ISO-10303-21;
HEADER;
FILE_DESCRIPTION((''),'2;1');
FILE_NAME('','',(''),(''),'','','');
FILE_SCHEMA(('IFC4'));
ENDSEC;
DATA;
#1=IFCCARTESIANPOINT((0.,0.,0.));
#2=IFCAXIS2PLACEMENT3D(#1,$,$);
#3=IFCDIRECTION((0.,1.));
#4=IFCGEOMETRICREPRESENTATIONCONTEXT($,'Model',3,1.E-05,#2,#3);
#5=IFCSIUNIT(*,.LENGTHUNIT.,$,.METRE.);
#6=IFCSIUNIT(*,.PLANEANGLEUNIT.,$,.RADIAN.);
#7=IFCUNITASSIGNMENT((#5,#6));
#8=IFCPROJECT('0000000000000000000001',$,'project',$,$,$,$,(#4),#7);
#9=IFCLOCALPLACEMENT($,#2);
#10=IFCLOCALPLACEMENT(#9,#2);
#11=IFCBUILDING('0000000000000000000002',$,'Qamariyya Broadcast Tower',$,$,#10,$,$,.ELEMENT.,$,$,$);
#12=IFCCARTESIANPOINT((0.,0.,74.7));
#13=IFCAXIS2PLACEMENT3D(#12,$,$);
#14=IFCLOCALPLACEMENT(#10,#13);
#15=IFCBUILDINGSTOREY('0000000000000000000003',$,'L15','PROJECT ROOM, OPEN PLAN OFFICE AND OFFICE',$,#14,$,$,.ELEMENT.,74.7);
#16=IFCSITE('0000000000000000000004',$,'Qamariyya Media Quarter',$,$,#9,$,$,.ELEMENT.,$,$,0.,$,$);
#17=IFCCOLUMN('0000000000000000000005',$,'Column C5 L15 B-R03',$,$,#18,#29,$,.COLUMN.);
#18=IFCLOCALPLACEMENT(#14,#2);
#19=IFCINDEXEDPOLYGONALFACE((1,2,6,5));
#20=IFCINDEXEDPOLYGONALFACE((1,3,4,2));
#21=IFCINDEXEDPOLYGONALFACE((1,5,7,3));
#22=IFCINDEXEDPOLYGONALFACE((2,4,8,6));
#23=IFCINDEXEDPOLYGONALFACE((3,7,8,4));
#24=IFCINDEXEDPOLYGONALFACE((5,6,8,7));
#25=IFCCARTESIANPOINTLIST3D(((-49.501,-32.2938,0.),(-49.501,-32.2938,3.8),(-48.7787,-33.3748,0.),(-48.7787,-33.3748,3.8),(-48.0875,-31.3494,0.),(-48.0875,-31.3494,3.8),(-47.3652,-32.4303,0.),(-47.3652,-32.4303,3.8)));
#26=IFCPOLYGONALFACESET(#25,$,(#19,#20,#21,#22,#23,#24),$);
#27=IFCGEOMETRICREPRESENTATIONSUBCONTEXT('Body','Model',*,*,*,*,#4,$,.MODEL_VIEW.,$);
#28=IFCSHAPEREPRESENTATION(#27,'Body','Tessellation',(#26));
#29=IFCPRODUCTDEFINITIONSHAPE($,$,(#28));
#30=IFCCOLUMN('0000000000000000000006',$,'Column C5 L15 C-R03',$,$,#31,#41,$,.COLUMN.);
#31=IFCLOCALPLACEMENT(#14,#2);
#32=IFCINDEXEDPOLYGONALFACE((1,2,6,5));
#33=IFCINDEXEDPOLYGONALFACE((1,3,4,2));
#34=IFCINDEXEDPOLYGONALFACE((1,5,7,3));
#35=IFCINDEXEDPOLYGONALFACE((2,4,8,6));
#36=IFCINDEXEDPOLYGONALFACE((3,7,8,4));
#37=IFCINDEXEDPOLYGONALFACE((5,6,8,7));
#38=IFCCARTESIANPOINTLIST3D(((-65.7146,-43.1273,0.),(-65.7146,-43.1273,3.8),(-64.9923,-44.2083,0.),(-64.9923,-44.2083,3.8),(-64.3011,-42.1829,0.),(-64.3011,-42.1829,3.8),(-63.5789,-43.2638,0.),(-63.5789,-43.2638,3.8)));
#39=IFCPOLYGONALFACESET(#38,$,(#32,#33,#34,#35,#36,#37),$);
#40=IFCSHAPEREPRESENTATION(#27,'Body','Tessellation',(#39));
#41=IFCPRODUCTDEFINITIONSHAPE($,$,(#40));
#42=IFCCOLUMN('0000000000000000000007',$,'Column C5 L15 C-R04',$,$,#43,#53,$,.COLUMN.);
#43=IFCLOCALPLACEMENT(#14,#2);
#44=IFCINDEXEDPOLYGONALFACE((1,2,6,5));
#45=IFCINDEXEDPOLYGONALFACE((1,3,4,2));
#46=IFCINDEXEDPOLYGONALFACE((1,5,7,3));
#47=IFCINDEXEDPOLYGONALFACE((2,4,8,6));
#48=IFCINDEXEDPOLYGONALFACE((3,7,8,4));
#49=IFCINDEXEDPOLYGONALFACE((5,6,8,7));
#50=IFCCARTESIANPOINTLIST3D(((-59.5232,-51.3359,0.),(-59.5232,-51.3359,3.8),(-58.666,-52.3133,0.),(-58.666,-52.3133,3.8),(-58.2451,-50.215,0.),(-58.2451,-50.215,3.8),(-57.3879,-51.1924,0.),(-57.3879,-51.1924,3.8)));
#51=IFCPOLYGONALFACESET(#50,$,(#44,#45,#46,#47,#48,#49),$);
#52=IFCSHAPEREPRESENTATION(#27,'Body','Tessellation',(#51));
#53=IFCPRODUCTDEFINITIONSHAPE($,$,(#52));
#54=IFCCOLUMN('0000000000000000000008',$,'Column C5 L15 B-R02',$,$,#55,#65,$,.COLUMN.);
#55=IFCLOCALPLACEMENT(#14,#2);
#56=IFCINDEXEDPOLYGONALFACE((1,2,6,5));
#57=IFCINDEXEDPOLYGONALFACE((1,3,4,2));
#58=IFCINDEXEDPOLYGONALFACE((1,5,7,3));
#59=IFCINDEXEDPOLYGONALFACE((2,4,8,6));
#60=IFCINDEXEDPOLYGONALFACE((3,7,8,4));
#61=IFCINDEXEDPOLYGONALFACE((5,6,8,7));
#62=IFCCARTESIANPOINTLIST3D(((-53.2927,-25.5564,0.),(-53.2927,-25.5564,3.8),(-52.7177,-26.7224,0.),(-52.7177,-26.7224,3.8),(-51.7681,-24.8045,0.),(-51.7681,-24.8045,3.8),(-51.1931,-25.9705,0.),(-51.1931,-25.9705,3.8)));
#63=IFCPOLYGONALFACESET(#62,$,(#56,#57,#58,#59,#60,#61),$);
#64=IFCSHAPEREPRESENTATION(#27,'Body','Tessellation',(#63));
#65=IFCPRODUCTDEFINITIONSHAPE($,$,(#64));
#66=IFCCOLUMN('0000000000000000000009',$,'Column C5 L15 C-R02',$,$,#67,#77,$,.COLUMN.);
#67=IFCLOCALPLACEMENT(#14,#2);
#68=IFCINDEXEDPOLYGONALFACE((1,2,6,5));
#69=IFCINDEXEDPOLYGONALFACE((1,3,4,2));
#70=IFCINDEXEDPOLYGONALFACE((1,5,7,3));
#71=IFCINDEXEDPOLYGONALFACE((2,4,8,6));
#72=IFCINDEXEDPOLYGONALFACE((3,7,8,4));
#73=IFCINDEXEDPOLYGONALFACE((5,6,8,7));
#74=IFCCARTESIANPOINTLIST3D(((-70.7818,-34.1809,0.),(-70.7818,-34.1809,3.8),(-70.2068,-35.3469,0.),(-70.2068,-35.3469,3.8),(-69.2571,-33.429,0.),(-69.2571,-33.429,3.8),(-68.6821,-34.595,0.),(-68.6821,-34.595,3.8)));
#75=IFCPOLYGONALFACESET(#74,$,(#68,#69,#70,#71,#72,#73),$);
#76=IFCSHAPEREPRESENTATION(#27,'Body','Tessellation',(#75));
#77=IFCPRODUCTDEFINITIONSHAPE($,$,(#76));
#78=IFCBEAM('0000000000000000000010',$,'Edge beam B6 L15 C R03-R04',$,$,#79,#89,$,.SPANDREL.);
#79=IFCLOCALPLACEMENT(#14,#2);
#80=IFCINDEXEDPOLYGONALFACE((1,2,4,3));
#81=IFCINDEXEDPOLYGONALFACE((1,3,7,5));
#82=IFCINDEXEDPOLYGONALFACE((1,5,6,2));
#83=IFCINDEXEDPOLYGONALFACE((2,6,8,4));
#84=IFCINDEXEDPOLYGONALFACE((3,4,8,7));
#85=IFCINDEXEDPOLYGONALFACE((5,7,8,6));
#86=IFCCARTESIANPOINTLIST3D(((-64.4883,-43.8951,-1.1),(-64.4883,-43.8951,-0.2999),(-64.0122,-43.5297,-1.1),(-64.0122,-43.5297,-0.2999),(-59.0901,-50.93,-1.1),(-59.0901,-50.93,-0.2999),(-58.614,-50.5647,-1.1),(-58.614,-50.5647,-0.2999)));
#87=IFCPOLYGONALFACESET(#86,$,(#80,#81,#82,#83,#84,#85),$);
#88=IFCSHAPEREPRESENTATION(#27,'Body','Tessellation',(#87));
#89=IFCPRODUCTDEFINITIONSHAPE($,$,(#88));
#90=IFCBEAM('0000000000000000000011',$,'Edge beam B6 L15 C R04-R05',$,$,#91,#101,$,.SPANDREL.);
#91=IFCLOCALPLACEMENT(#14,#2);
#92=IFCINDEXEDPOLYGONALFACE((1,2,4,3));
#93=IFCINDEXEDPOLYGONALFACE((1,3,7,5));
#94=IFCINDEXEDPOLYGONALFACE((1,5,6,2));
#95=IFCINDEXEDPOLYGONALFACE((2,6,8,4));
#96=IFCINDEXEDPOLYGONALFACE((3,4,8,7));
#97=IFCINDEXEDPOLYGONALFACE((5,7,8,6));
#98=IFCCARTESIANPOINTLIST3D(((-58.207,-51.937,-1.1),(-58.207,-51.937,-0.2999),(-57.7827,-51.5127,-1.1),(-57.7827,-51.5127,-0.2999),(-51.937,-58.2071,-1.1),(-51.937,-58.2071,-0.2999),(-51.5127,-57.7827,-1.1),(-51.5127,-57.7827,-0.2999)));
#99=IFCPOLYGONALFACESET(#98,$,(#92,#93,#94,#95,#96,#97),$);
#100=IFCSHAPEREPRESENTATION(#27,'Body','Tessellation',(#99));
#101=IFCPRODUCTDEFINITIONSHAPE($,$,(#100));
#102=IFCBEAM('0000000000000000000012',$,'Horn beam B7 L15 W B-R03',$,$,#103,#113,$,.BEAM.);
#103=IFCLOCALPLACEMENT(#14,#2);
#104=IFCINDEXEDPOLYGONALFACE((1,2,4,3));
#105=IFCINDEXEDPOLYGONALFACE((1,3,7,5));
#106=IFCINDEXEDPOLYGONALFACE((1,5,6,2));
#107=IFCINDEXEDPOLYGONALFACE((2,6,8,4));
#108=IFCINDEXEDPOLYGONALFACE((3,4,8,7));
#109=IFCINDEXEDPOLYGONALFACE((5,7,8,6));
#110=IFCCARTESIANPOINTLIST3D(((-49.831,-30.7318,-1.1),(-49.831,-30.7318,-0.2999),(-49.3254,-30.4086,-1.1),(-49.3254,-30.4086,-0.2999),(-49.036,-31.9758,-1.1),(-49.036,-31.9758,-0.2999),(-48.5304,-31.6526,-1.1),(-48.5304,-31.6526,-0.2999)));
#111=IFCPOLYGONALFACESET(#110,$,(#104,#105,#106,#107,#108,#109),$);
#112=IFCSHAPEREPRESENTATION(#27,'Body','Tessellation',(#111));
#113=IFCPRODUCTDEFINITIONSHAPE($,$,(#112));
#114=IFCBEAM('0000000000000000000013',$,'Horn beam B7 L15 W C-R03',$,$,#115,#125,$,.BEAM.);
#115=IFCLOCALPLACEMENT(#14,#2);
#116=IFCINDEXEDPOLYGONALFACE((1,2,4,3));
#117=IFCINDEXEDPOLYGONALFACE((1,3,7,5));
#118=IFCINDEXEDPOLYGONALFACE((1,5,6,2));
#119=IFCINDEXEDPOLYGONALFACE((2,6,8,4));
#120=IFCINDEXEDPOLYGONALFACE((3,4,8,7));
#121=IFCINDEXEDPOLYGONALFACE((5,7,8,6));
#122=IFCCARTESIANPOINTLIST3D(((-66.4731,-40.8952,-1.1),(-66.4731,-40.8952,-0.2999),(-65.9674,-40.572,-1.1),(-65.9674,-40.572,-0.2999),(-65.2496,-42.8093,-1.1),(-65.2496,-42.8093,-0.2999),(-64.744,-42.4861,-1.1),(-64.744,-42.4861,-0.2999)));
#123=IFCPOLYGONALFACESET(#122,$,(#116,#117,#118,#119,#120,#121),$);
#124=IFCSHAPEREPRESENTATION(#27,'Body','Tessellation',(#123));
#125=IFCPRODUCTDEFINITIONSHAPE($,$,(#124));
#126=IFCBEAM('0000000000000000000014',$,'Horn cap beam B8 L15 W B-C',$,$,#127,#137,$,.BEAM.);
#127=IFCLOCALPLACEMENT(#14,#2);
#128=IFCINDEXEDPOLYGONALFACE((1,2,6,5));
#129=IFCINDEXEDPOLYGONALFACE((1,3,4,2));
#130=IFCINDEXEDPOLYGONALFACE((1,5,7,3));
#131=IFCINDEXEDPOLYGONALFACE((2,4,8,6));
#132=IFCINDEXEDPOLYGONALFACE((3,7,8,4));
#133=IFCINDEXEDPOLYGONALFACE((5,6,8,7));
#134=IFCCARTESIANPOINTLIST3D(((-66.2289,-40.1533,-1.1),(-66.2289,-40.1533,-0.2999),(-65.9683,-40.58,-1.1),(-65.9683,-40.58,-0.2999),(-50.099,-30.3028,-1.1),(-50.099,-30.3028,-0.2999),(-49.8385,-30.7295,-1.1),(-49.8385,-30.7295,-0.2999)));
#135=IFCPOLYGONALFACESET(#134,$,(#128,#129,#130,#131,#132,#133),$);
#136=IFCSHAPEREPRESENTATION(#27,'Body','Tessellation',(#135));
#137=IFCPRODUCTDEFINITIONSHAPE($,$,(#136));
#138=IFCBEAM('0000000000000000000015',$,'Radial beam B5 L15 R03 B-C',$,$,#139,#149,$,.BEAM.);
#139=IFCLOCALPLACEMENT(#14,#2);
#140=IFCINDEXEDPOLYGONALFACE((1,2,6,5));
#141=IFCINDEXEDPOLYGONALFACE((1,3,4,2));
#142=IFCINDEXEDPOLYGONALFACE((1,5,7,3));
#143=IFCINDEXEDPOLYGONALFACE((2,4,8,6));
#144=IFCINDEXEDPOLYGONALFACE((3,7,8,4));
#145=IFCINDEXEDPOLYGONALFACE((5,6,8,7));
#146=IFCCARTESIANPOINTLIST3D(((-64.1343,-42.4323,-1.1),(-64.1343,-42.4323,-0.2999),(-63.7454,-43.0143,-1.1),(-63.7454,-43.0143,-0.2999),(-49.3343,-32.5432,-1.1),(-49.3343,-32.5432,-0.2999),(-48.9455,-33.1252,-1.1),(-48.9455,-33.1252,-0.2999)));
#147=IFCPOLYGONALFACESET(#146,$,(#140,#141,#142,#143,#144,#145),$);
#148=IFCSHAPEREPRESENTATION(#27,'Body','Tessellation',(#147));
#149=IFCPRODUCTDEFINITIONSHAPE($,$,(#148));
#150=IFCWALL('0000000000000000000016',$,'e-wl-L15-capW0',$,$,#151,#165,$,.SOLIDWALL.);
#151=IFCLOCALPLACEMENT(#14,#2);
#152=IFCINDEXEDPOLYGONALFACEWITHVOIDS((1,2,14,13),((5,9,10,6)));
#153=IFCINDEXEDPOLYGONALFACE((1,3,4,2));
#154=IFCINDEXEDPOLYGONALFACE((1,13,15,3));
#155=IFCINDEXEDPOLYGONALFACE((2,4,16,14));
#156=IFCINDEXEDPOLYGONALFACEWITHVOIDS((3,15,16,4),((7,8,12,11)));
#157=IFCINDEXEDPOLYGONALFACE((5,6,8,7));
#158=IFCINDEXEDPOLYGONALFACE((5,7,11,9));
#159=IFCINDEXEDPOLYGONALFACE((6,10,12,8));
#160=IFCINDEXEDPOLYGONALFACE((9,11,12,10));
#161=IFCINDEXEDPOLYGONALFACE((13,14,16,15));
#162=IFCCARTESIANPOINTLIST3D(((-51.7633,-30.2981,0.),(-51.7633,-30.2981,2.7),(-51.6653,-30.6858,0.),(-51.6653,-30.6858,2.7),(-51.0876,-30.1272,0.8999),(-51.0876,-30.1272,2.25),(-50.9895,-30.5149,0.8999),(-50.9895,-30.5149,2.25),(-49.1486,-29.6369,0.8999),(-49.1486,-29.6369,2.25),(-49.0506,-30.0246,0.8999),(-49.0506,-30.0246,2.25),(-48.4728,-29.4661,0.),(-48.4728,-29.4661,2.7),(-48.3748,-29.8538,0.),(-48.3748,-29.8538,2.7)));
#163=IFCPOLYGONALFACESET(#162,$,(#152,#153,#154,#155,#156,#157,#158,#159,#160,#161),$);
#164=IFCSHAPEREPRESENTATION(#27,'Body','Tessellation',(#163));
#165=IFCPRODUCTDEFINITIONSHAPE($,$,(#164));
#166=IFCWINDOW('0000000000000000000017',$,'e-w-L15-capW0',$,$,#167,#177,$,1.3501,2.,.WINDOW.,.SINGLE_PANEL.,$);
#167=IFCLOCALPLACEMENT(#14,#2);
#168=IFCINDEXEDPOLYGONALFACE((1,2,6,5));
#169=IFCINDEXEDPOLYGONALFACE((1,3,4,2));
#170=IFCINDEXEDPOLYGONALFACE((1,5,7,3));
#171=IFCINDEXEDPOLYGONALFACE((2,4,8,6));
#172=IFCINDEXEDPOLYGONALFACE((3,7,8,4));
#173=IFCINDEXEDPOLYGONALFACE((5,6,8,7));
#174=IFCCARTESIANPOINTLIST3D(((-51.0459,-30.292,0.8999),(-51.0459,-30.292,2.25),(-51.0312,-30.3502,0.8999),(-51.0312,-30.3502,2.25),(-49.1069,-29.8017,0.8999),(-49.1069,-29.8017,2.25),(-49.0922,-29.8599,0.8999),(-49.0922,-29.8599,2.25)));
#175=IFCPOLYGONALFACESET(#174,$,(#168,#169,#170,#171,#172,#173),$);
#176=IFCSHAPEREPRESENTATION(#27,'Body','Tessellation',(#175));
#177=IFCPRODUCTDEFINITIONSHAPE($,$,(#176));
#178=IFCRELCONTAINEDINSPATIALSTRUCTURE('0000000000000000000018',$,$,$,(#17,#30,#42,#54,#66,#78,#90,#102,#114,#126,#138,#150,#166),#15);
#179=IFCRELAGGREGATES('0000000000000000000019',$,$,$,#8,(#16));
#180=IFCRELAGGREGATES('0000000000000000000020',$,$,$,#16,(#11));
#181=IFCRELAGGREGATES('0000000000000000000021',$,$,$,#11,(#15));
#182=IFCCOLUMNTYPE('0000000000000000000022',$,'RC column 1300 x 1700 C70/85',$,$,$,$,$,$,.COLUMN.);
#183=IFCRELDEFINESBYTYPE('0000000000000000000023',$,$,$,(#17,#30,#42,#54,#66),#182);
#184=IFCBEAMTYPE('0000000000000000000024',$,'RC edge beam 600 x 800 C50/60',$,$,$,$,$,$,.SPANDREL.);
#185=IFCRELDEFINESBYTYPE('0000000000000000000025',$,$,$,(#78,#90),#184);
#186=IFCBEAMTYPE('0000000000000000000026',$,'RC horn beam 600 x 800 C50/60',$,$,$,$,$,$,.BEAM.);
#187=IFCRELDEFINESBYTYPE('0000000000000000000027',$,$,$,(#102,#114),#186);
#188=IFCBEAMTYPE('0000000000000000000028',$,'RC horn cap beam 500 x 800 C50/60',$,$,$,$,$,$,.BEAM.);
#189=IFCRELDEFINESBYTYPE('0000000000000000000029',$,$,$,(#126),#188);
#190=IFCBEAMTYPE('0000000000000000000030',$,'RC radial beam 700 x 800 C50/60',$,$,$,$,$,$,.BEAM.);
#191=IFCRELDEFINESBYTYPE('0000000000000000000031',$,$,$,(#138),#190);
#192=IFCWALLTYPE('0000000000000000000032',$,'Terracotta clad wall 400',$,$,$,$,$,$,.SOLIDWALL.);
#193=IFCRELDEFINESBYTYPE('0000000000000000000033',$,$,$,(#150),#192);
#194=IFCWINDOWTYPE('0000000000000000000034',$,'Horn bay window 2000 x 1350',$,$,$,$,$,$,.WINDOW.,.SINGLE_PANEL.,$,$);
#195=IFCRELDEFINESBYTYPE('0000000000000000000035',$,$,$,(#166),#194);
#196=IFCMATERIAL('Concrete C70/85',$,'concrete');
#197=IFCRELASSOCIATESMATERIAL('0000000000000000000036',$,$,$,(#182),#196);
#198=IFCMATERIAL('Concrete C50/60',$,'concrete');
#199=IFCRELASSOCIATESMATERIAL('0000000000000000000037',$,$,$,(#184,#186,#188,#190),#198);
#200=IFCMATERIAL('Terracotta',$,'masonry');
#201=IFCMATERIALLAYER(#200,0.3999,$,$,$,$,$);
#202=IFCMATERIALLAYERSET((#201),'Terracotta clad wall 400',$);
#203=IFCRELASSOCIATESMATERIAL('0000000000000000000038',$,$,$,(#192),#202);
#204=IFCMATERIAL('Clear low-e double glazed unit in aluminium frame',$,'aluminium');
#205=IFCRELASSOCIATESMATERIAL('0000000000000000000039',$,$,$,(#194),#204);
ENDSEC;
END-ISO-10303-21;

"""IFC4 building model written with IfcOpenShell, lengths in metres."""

from ifc_helpers import new_model, si_unit, direction, frame, frame_2d, origin, origin_2d, place, context, subcontext, project, spatial, rectangle, extrude, material, layer, layer_set, material_profile, profile_set, type_object, element, fill, save


model = new_model("IFC4")

# Units and contexts
model_context = context("Model", 3, precision=1e-05, world=origin(), true_north=direction((0.0, 1.0)))
body_context = subcontext(model_context, "Body", "Model", "MODEL_VIEW")
ifc_project = project(units=[si_unit("LENGTHUNIT", "METRE"), si_unit("PLANEANGLEUNIT", "RADIAN")], contexts=[model_context])

# Site, building, storey
site_placement = place(None, origin())
site = spatial("IfcSite", under=ifc_project, at=site_placement, Name="Qamariyya Media Quarter", CompositionType="ELEMENT", RefElevation=0.0)
building_placement = place(site_placement, origin())
building = spatial("IfcBuilding", under=site, at=building_placement, Name="Qamariyya Broadcast Tower", CompositionType="ELEMENT")
storey_placement = place(building_placement, frame((0.0, 0.0, 74.7)))
storey = spatial("IfcBuildingStorey", under=building, at=storey_placement, Name="L15", Description="PROJECT ROOM, OPEN PLAN OFFICE AND OFFICE", CompositionType="ELEMENT", Elevation=74.7)

# Columns
ifc_material_1 = material(Name="Concrete C70/85", Category="concrete")
ifc_material_profile_1 = material_profile(ifc_material_1, rectangle(XDim=1.3, YDim=1.7, at=origin_2d()))
ifc_profile_set_1 = profile_set([ifc_material_profile_1], Name="Concrete C70/85")
column_type = type_object("IfcColumnType", Name="RC column 1300 x 1700 C70/85", PredefinedType="COLUMN", material=ifc_profile_set_1)
for number, where, z_axis, x_axis, name in (
    (1, (-48.4331, -32.3621, 0.0), (0.0, 0.0, 1.0), (0.55557, -0.83147, 0.0), "Column C5 L15 B-R03"),
    (2, (-64.6467, -43.1956, 0.0), (0.0, 0.0, 1.0), (0.55557, -0.83147, 0.0), "Column C5 L15 C-R03"),
    (3, (-58.4556, -51.2642, 0.0), (0.0, 0.0, 1.0), (0.659346, -0.75184, 0.0), "Column C5 L15 C-R04"),
    (4, (-52.2429, -25.7634, 0.0), (0.0, 0.0, 1.0), (0.442289, -0.896873, 0.0), "Column C5 L15 B-R02"),
    (5, (-69.7319, -34.3879, 0.0), (0.0, 0.0, 1.0), (0.442289, -0.896873, 0.0), "Column C5 L15 C-R02"),
):
    element("IfcColumn", number, at=place(storey_placement, frame(where, z_axis=z_axis, x_axis=x_axis)), inside=storey, type_object=column_type, Name=name, PredefinedType="COLUMN", context=body_context, shape_type="SweptSolid", body=[
        extrude(rectangle(XDim=1.3, YDim=1.7, at=origin_2d()), origin(), (0.0, 0.0, 1.0), 3.8),
    ])

# Beams
ifc_material_2 = material(Name="Concrete C50/60", Category="concrete")
ifc_material_profile_2 = material_profile(ifc_material_2, rectangle(XDim=0.6001, YDim=0.8, at=origin_2d()))
ifc_profile_set_2 = profile_set([ifc_material_profile_2], Name="Concrete C50/60")
beam_type_1 = type_object("IfcBeamType", Name="RC edge beam 600 x 800 C50/60", PredefinedType="SPANDREL", material=ifc_profile_set_2)
beam_1_placement = place(storey_placement, frame((-64.2502, -43.7124, -0.7), z_axis=(0.60877, -0.793347, 0.0), x_axis=(0.793347, 0.60877, 0.0)))
element("IfcBeam", 6, at=beam_1_placement, inside=storey, type_object=beam_type_1, Name="Edge beam B6 L15 C R03-R04", PredefinedType="SPANDREL", context=body_context, shape_type="SweptSolid", body=[
    extrude(rectangle(XDim=0.6001, YDim=0.8, at=origin_2d()), origin(), (0.0, 0.0, 1.0), 8.8674),
])
beam_2_placement = place(storey_placement, frame((-57.9949, -51.7249, -0.7), z_axis=(0.707107, -0.707107, 0.0), x_axis=(0.707107, 0.707107, 0.0)))
element("IfcBeam", 7, at=beam_2_placement, inside=storey, type_object=beam_type_1, Name="Edge beam B6 L15 C R04-R05", PredefinedType="SPANDREL", context=body_context, shape_type="SweptSolid", body=[
    extrude(rectangle(XDim=0.6001, YDim=0.8, at=origin_2d()), origin(), (0.0, 0.0, 1.0), 8.8672),
])
ifc_material_profile_3 = material_profile(ifc_material_2, rectangle(XDim=0.6001, YDim=0.8, at=origin_2d()))
ifc_profile_set_3 = profile_set([ifc_material_profile_3], Name="Concrete C50/60")
beam_type_2 = type_object("IfcBeamType", Name="RC horn beam 600 x 800 C50/60", PredefinedType="BEAM", material=ifc_profile_set_3)
beam_3_placement = place(storey_placement, frame((-48.7832, -31.8142, -0.7), z_axis=(-0.53849, 0.842632, 0.0), x_axis=(-0.842632, -0.53849, 0.0)))
element("IfcBeam", 8, at=beam_3_placement, inside=storey, type_object=beam_type_2, Name="Horn beam B7 L15 W B-R03", PredefinedType="BEAM", context=body_context, shape_type="SweptSolid", body=[
    extrude(rectangle(XDim=0.6001, YDim=0.8, at=origin_2d()), origin(), (0.0, 0.0, 1.0), 1.4763),
])
beam_4_placement = place(storey_placement, frame((-64.9968, -42.6477, -0.7), z_axis=(-0.53855, 0.842593, 0.0), x_axis=(-0.842593, -0.53855, 0.0)))
element("IfcBeam", 9, at=beam_4_placement, inside=storey, type_object=beam_type_2, Name="Horn beam B7 L15 W C-R03", PredefinedType="BEAM", context=body_context, shape_type="SweptSolid", body=[
    extrude(rectangle(XDim=0.6001, YDim=0.8, at=origin_2d()), origin(), (0.0, 0.0, 1.0), 2.2717),
])
ifc_material_profile_4 = material_profile(ifc_material_2, rectangle(XDim=0.5, YDim=0.8, at=origin_2d()))
ifc_profile_set_4 = profile_set([ifc_material_profile_4], Name="Concrete C50/60")
beam_type_3 = type_object("IfcBeamType", Name="RC horn cap beam 500 x 800 C50/60", PredefinedType="BEAM", material=ifc_profile_set_4)
beam_5_placement = place(storey_placement, frame((-49.9688, -30.5161, -0.7), z_axis=(-0.853436, -0.521197, 0.0), x_axis=(0.521197, -0.853436, 0.0)))
element("IfcBeam", 10, at=beam_5_placement, inside=storey, type_object=beam_type_3, Name="Horn cap beam B8 L15 W B-C", PredefinedType="BEAM", context=body_context, shape_type="SweptSolid", body=[
    extrude(rectangle(XDim=0.5, YDim=0.8, at=origin_2d()), origin(), (0.0, 0.0, 1.0), 18.8999),
])
ifc_material_profile_5 = material_profile(ifc_material_2, rectangle(XDim=0.7, YDim=0.8, at=origin_2d()))
ifc_profile_set_5 = profile_set([ifc_material_profile_5], Name="Concrete C50/60")
beam_type_4 = type_object("IfcBeamType", Name="RC radial beam 700 x 800 C50/60", PredefinedType="BEAM", material=ifc_profile_set_5)
beam_6_placement = place(storey_placement, frame((-49.1399, -32.8342, -0.7), z_axis=(-0.831467, -0.555573, 0.0), x_axis=(0.555573, -0.831467, 0.0)))
element("IfcBeam", 11, at=beam_6_placement, inside=storey, type_object=beam_type_4, Name="Radial beam B5 L15 R03 B-C", PredefinedType="BEAM", context=body_context, shape_type="SweptSolid", body=[
    extrude(rectangle(XDim=0.7, YDim=0.8, at=origin_2d()), origin(), (0.0, 0.0, 1.0), 17.7998),
])

# Wall, opening, window
ifc_material_3 = material(Name="Terracotta", Category="masonry")
ifc_layer = layer(ifc_material_3, 0.3999)
ifc_layer_set = layer_set([ifc_layer], Name="Terracotta clad wall 400")
wall_type = type_object("IfcWallType", Name="Terracotta clad wall 400", PredefinedType="SOLIDWALL", material=ifc_layer_set)
wall_1_placement = place(storey_placement, frame((-48.4238, -29.6599, 0.0), z_axis=(0.0, 0.0, 1.0), x_axis=(-0.969487, -0.245141, 0.0)))
wall_1 = element("IfcWall", 12, at=wall_1_placement, inside=storey, type_object=wall_type, Name="e-wl-L15-capW0", PredefinedType="SOLIDWALL", context=body_context, shape_type="SweptSolid", body=[
    extrude(rectangle(XDim=3.394, YDim=0.3999, at=frame_2d((1.697, 0.0))), origin(), (0.0, 0.0, 1.0), 2.7),
])
opening_1_placement = place(wall_1_placement, frame((0.697, 0.0, 0.8999)))
opening_1 = element("IfcOpeningElement", 13, at=opening_1_placement, cuts=wall_1, PredefinedType="OPENING", context=body_context, shape_type="SweptSolid", body=[
    extrude(rectangle(XDim=2.0, YDim=1.3501, at=frame_2d((1.0, 0.675))), frame((0.0, 0.21, 0.0), z_axis=(0.0, -1.0, 0.0), x_axis=(1.0, 0.0, 0.0)), (0.0, 0.0, 1.0), 0.4199),
])
ifc_material_4 = material(Name="Clear low-e double glazed unit in aluminium frame", Category="aluminium")
window_type = type_object("IfcWindowType", Name="Horn bay window 2000 x 1350", PartitioningType="SINGLE_PANEL", PredefinedType="WINDOW", material=ifc_material_4)
window_1_placement = place(opening_1_placement, origin())
window_1 = element("IfcWindow", 14, at=window_1_placement, inside=storey, type_object=window_type, Name="e-w-L15-capW0", OverallHeight=1.3501, OverallWidth=2.0, PartitioningType="SINGLE_PANEL", PredefinedType="WINDOW", context=body_context, shape_type="SweptSolid", body=[
    extrude(rectangle(XDim=2.0, YDim=1.3501, at=frame_2d((1.0, 0.675))), frame((0.0, 0.03, 0.0), z_axis=(0.0, -1.0, 0.0), x_axis=(1.0, 0.0, 0.0)), (0.0, 0.0, 1.0), 0.0601),
])
fill(opening_1, window_1)

save(model, "model.ifc")
